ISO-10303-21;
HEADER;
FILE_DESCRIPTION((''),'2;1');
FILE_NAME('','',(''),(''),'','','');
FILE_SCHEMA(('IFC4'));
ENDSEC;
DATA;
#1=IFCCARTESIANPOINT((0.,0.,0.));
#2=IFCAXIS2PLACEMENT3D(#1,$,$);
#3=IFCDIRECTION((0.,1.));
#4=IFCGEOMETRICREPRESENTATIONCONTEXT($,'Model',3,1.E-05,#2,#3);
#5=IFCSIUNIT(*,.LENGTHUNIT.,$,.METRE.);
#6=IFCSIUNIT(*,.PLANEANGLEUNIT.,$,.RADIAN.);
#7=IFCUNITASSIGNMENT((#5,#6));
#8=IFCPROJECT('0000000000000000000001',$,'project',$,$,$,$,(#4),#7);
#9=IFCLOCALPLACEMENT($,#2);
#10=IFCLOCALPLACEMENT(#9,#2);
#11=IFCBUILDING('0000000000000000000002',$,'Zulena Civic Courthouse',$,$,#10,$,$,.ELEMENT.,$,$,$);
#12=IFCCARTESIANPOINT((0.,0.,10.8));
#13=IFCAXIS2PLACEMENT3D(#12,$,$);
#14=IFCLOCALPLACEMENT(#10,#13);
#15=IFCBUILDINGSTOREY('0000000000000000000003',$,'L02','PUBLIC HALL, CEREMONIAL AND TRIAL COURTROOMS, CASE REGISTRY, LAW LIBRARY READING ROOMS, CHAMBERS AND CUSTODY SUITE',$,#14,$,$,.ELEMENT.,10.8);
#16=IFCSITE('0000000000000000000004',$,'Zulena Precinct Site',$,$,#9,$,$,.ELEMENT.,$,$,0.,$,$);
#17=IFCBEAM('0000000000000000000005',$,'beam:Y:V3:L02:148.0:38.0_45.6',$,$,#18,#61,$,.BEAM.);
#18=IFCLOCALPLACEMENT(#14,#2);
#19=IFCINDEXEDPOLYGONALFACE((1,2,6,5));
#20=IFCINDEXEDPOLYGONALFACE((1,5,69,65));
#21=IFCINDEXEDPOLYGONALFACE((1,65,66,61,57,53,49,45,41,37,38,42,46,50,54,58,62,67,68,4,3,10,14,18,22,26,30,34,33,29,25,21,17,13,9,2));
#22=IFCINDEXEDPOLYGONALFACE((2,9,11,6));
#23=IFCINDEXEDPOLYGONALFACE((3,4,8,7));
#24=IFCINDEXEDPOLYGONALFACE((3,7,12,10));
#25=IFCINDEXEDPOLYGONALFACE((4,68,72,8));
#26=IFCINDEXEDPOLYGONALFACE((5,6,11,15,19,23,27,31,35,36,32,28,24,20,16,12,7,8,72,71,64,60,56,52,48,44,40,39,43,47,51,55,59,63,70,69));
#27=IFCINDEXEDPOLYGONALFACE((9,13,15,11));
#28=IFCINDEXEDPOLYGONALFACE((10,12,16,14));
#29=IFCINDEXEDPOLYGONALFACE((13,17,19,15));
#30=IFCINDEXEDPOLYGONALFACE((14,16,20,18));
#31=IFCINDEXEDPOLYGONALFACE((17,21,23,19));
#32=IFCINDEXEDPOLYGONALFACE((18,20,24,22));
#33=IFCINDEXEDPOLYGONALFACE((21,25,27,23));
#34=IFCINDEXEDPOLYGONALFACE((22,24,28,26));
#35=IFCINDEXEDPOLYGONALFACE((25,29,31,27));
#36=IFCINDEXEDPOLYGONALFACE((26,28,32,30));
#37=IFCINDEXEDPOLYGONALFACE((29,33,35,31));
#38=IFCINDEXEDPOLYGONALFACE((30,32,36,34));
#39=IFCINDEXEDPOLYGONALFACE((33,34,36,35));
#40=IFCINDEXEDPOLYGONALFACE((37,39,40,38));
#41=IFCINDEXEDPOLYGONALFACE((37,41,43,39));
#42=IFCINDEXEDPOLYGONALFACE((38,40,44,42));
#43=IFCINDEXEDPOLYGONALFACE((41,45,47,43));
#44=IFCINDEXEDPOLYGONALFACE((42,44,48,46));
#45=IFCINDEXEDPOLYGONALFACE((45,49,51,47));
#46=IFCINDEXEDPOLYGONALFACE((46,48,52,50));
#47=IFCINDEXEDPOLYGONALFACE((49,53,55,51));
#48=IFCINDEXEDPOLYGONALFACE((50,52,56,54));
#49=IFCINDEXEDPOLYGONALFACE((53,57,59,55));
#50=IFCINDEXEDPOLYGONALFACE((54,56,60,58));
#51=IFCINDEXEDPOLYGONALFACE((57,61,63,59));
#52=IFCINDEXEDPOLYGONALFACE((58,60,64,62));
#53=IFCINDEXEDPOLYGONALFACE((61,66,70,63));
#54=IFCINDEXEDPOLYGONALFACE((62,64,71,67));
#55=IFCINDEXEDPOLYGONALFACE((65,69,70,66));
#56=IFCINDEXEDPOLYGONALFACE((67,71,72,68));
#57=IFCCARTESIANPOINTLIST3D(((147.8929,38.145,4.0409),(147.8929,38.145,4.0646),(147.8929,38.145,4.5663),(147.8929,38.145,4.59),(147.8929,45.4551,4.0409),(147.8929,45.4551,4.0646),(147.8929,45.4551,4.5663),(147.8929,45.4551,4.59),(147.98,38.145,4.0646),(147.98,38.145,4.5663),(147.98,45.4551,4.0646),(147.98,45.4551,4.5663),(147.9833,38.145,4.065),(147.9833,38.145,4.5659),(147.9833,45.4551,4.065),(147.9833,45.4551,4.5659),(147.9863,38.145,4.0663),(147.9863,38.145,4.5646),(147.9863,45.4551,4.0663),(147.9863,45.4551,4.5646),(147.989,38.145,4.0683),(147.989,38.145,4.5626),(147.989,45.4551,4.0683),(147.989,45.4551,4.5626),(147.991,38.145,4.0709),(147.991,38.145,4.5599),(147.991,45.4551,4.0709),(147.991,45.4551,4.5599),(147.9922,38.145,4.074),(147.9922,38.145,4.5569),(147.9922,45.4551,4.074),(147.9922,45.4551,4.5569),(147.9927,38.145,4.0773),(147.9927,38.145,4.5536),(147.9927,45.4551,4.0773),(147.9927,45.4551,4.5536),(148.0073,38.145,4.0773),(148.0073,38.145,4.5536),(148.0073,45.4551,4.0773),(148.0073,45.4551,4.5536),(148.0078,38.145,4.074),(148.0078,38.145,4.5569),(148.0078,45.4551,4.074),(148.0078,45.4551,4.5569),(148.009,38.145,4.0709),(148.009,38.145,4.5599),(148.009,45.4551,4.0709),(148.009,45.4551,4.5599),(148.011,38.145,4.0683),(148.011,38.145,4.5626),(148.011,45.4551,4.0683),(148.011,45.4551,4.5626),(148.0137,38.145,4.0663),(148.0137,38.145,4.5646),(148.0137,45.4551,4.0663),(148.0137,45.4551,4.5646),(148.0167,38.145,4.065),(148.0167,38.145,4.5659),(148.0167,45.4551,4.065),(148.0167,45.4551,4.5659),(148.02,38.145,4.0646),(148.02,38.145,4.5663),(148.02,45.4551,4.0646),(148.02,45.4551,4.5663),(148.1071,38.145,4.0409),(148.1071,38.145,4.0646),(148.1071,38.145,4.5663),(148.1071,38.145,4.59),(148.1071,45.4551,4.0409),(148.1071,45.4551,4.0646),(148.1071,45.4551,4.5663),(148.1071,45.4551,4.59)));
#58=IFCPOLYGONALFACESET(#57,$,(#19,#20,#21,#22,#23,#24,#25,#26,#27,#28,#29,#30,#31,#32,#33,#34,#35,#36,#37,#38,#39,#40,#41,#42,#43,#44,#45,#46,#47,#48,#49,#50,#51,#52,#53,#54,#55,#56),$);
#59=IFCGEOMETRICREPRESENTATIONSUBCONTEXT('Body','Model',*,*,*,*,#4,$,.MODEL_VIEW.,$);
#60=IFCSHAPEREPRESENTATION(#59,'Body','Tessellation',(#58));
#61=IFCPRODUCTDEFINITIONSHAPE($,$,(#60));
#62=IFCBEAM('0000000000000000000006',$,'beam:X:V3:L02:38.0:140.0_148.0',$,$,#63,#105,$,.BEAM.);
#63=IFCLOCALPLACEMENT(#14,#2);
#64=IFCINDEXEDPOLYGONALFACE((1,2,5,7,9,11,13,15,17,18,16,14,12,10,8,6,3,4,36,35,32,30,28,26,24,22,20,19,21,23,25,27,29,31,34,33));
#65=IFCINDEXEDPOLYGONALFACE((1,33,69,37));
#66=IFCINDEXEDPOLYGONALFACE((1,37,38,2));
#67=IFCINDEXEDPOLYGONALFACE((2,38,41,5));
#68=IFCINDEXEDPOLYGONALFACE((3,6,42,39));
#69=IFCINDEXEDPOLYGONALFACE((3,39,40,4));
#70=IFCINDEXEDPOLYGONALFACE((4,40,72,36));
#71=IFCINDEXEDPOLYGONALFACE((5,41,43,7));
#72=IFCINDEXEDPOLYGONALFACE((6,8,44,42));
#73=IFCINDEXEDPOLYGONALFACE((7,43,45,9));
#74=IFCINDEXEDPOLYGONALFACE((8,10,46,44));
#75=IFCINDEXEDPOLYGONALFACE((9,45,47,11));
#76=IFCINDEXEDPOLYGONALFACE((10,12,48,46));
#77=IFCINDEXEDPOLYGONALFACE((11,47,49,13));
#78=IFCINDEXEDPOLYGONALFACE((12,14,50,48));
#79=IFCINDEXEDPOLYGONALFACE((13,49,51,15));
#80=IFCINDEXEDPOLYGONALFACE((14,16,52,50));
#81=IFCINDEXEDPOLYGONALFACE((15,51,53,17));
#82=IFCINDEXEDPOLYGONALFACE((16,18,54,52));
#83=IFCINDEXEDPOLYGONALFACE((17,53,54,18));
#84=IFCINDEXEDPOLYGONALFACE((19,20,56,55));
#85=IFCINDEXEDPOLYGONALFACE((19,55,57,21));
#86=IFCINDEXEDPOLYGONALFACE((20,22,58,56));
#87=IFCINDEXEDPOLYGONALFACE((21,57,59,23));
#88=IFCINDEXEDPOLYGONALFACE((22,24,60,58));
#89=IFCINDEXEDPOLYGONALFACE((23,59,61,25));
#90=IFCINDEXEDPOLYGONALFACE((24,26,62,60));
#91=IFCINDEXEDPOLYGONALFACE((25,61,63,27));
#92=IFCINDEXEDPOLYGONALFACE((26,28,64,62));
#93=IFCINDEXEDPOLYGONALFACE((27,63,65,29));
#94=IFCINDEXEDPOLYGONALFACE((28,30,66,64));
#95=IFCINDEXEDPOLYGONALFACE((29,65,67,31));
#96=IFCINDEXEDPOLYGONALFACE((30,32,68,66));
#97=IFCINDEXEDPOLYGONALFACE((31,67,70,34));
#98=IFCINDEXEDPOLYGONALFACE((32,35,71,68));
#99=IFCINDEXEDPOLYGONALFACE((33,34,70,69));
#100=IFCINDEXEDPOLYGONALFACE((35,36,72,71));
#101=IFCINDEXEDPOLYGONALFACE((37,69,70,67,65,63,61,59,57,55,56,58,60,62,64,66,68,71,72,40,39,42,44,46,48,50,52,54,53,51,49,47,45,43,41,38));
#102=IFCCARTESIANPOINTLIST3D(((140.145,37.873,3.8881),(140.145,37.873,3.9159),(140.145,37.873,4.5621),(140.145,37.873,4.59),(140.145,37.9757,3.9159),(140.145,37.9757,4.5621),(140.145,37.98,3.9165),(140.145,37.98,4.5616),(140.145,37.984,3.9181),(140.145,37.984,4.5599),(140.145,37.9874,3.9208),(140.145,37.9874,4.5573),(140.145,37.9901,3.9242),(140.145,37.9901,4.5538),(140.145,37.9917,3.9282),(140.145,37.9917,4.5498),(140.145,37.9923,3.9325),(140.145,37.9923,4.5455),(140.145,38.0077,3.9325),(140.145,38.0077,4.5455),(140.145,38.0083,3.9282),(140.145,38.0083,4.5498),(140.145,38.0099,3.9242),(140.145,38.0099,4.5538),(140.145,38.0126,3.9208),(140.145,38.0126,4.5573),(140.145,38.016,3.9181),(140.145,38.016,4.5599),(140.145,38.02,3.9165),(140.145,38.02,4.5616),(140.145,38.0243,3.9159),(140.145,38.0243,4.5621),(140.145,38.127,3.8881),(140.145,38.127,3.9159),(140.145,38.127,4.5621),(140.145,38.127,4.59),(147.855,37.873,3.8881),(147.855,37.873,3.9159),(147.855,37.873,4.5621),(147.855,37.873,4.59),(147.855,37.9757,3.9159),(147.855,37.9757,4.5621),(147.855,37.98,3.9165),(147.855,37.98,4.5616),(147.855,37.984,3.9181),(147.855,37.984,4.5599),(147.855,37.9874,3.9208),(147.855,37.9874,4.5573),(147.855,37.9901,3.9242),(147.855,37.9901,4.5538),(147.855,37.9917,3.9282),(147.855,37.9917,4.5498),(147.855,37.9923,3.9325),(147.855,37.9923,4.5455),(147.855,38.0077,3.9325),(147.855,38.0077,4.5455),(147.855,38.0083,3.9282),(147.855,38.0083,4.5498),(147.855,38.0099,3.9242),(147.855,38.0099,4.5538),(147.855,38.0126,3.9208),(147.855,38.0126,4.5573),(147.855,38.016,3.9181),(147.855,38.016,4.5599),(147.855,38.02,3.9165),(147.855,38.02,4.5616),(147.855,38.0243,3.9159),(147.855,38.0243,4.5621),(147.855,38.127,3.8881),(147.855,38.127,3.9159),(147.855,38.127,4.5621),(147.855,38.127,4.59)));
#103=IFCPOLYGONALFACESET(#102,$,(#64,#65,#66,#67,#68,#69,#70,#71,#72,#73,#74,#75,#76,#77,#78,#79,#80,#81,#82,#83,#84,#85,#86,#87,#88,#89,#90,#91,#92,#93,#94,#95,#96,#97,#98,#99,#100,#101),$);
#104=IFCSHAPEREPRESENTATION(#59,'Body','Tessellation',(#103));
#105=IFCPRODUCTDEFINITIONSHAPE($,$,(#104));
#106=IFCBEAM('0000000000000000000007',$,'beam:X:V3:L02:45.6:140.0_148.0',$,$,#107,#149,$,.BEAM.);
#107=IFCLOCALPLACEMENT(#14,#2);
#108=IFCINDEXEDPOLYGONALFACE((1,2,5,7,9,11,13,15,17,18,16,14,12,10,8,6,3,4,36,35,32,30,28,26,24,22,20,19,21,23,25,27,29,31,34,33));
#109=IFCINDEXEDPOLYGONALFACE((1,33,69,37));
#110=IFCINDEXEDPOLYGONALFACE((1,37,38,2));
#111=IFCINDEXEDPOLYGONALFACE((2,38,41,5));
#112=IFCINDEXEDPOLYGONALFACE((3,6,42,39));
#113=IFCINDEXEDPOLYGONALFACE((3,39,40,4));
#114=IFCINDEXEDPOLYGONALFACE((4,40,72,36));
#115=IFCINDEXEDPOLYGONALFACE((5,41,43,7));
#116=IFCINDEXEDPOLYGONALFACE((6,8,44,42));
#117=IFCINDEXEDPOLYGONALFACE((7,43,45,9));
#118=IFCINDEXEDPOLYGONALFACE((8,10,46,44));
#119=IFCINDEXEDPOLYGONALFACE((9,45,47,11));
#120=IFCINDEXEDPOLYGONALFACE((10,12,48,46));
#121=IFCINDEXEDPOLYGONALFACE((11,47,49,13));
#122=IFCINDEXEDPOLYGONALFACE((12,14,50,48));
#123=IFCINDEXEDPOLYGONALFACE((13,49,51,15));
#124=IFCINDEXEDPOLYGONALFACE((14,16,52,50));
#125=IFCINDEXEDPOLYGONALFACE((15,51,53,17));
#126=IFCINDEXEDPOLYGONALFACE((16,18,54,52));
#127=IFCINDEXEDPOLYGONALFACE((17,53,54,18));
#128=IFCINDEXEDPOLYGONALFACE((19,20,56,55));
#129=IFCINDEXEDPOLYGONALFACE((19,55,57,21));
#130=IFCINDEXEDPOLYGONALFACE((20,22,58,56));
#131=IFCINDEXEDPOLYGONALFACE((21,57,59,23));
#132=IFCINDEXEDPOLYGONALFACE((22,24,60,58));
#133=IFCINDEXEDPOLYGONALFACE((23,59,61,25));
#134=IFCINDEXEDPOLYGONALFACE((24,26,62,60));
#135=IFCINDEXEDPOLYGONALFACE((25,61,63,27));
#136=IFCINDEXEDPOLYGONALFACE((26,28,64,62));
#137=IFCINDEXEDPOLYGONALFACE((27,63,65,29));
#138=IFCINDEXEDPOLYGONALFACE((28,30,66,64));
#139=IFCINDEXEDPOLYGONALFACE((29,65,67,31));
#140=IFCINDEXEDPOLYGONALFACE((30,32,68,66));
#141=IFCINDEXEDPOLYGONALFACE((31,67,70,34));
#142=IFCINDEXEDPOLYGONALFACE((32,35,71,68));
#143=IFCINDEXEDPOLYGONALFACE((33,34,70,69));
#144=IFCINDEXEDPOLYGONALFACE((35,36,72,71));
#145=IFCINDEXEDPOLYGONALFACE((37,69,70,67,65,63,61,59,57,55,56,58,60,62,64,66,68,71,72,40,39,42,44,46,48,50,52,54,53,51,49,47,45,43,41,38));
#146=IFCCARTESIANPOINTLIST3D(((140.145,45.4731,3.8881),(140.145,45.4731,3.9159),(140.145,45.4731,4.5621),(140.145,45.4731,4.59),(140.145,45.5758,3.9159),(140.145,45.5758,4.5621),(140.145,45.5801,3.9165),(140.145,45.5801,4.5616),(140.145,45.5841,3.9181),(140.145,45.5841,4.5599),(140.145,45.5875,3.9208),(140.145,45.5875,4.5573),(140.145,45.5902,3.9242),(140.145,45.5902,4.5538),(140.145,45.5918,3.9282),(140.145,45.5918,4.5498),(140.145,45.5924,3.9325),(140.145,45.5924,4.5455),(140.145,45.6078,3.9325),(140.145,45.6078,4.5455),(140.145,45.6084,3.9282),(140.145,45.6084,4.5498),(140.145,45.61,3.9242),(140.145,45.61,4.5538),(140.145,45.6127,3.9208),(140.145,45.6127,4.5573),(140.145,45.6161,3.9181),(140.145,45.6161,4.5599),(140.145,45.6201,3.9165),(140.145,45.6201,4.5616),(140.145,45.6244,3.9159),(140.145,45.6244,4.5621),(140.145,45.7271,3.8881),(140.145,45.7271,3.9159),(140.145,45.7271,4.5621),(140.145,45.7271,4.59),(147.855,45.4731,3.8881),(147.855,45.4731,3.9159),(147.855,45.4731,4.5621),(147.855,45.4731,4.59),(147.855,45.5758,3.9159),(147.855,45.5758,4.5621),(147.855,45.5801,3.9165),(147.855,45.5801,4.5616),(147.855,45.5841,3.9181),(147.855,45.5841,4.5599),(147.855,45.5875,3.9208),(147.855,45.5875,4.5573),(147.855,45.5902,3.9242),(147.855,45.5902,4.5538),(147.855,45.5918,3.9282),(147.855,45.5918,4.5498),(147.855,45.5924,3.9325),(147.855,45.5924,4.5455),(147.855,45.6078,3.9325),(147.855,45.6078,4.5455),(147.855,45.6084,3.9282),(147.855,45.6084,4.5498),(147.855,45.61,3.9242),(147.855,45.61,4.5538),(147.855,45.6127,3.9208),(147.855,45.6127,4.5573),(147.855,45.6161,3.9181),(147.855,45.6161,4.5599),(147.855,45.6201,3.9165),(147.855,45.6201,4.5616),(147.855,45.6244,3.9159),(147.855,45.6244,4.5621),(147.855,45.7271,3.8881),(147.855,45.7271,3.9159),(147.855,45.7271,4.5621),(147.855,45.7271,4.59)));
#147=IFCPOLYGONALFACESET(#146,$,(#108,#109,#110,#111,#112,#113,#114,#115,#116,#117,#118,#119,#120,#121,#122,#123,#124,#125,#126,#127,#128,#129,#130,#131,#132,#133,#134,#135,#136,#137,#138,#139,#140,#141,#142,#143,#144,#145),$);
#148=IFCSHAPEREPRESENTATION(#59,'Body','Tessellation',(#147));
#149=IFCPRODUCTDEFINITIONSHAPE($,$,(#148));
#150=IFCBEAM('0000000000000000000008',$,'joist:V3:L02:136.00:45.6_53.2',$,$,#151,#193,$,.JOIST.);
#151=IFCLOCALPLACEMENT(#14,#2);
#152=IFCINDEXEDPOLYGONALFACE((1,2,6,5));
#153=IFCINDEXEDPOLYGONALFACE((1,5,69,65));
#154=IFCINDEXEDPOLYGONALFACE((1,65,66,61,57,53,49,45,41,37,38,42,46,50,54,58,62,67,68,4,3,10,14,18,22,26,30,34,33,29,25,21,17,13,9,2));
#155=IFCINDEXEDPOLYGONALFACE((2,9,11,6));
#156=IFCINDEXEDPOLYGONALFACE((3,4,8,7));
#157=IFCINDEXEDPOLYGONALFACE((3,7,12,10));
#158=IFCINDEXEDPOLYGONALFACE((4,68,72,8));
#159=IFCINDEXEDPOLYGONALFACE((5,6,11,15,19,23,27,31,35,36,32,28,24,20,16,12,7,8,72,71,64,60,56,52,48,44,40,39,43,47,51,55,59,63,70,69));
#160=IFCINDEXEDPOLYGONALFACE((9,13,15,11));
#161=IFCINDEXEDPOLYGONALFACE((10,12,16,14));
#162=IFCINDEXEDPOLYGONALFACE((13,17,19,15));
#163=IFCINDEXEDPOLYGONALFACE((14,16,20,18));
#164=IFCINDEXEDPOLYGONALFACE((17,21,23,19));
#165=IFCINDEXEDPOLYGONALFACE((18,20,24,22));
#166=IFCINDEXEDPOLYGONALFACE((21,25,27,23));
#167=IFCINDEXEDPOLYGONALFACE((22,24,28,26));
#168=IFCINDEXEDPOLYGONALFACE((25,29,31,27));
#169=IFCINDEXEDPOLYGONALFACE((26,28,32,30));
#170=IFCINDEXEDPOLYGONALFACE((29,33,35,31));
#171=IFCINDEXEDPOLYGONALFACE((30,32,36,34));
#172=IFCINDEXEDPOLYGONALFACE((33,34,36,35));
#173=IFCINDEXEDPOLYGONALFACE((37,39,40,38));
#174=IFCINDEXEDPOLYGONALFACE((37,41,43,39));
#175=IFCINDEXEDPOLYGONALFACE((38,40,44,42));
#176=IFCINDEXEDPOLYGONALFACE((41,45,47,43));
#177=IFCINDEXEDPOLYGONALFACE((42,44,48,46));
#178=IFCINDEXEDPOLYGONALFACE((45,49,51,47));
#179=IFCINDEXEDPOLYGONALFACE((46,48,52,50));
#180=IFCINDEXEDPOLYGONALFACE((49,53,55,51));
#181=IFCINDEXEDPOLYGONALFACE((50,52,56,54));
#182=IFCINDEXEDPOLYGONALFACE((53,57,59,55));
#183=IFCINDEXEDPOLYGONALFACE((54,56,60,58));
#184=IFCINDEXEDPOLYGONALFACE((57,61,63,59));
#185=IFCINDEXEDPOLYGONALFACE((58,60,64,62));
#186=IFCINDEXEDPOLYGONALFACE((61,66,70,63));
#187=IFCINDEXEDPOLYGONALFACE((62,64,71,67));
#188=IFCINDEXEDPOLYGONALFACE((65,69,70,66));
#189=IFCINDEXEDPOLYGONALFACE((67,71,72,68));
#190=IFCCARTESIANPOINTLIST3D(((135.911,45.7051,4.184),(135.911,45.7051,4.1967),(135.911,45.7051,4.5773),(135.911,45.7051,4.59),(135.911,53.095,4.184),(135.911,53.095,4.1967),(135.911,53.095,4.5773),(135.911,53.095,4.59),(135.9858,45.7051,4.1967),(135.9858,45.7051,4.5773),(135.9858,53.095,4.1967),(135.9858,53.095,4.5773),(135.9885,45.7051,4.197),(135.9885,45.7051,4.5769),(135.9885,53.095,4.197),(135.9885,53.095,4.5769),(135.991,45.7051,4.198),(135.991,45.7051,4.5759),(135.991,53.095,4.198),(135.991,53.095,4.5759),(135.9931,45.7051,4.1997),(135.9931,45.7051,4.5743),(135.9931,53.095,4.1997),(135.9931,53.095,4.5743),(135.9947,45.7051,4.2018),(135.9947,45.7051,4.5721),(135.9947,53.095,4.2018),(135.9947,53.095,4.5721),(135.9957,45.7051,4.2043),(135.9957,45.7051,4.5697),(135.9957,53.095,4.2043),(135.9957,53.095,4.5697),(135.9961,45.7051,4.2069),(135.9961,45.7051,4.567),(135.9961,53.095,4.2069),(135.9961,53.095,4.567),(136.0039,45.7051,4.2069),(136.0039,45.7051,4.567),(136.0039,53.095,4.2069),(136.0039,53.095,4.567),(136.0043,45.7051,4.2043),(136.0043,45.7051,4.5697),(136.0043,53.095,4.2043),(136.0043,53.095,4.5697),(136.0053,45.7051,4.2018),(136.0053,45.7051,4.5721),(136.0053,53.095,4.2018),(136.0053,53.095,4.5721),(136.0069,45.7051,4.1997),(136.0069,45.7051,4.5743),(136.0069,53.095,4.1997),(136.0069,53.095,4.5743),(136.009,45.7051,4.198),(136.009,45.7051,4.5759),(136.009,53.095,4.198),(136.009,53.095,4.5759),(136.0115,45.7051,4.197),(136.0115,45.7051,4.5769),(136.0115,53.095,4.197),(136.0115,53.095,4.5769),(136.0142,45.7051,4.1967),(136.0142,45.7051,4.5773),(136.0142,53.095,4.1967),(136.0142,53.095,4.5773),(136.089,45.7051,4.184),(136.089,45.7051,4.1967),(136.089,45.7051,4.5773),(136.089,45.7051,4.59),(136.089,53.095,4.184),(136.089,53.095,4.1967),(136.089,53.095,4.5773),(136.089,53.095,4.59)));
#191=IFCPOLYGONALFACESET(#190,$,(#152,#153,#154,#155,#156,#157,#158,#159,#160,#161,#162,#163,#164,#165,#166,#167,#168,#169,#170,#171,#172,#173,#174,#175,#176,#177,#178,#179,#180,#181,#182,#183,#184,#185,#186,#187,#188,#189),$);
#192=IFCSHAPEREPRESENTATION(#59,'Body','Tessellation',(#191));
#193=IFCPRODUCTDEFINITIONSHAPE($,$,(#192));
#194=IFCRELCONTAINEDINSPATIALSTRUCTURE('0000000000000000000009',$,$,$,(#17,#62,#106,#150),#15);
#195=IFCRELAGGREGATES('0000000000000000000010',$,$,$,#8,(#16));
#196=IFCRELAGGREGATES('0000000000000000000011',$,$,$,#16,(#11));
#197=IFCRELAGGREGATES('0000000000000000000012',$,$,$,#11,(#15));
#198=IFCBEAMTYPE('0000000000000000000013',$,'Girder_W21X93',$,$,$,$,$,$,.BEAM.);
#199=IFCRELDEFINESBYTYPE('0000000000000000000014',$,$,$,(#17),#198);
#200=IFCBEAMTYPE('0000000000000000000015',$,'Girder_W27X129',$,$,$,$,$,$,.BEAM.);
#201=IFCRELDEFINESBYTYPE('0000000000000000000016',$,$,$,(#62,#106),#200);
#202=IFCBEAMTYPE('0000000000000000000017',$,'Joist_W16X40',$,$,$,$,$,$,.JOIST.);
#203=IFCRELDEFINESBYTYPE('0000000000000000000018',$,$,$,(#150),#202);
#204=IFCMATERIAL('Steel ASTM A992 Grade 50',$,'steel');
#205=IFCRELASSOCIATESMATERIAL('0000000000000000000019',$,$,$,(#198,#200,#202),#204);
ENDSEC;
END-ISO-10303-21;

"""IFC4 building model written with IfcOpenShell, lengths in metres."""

from ifc_helpers import new_model, si_unit, direction, frame, origin, origin_2d, place, context, subcontext, project, spatial, i_section, extrude, material, material_profile, profile_set, type_object, element, save


model = new_model("IFC4")

# Units and contexts
model_context = context("Model", 3, precision=1e-05, world=origin(), true_north=direction((0.0, 1.0)))
body_context = subcontext(model_context, "Body", "Model", "MODEL_VIEW")
ifc_project = project(units=[si_unit("LENGTHUNIT", "METRE"), si_unit("PLANEANGLEUNIT", "RADIAN")], contexts=[model_context])

# Site, building, storey
site_placement = place(None, origin())
site = spatial("IfcSite", under=ifc_project, at=site_placement, Name="Zulena Precinct Site", CompositionType="ELEMENT", RefElevation=0.0)
building_placement = place(site_placement, origin())
building = spatial("IfcBuilding", under=site, at=building_placement, Name="Zulena Civic Courthouse", CompositionType="ELEMENT")
storey_placement = place(building_placement, frame((0.0, 0.0, 10.8)))
storey = spatial("IfcBuildingStorey", under=building, at=storey_placement, Name="L02", Description="PUBLIC HALL, CEREMONIAL AND TRIAL COURTROOMS, CASE REGISTRY, LAW LIBRARY READING ROOMS, CHAMBERS AND CUSTODY SUITE", CompositionType="ELEMENT", Elevation=10.8)

# Shared definitions
ifc_material_1 = material(Name="Steel ASTM A992 Grade 50", Category="steel")

# Beams
ifc_material_profile_1 = material_profile(ifc_material_1, i_section(OverallWidth=0.2141, OverallDepth=0.5491, WebThickness=0.0146, FlangeThickness=0.0237, FilletRadius=0.0127, at=origin_2d()), Name="W21X93")
ifc_profile_set_1 = profile_set([ifc_material_profile_1], Name="Steel ASTM A992 Grade 50")
beam_type_1 = type_object("IfcBeamType", Name="Girder_W21X93", PredefinedType="BEAM", material=ifc_profile_set_1)
for number, where, z_axis, x_axis, name in (
    (1, (148.0, 38.145, 4.3154), (0.0, 1.0, 0.0), (-1.0, 0.0, 0.0), "beam:Y:V3:L02:148.0:38.0_45.6"),
):
    element("IfcBeam", number, at=place(storey_placement, frame(where, z_axis=z_axis, x_axis=x_axis)), inside=storey, type_object=beam_type_1, Name=name, PredefinedType="BEAM", context=body_context, shape_type="SweptSolid", body=[
        extrude(i_section(OverallWidth=0.2141, OverallDepth=0.5491, WebThickness=0.0146, FlangeThickness=0.0237, FilletRadius=0.0127, at=origin_2d()), origin(), (0.0, 0.0, 1.0), 7.3101),
    ])
ifc_material_profile_2 = material_profile(ifc_material_1, i_section(OverallWidth=0.2539, OverallDepth=0.7019, WebThickness=0.0154, FlangeThickness=0.0278, FilletRadius=0.0166, at=origin_2d()), Name="W27X129")
ifc_profile_set_2 = profile_set([ifc_material_profile_2], Name="Steel ASTM A992 Grade 50")
beam_type_2 = type_object("IfcBeamType", Name="Girder_W27X129", PredefinedType="BEAM", material=ifc_profile_set_2)
for number, where, z_axis, x_axis, name in (
    (2, (140.145, 38.0, 4.239), (1.0, 0.0, 0.0), (0.0, 1.0, 0.0), "beam:X:V3:L02:38.0:140.0_148.0"),
    (3, (140.145, 45.6001, 4.239), (1.0, 0.0, 0.0), (0.0, 1.0, 0.0), "beam:X:V3:L02:45.6:140.0_148.0"),
):
    element("IfcBeam", number, at=place(storey_placement, frame(where, z_axis=z_axis, x_axis=x_axis)), inside=storey, type_object=beam_type_2, Name=name, PredefinedType="BEAM", context=body_context, shape_type="SweptSolid", body=[
        extrude(i_section(OverallWidth=0.2539, OverallDepth=0.7019, WebThickness=0.0154, FlangeThickness=0.0278, FilletRadius=0.0166, at=origin_2d()), origin(), (0.0, 0.0, 1.0), 7.71),
    ])
ifc_material_profile_3 = material_profile(ifc_material_1, i_section(OverallWidth=0.178, OverallDepth=0.406, WebThickness=0.0078, FlangeThickness=0.0127, FilletRadius=0.0103, at=origin_2d()), Name="W16X40")
ifc_profile_set_3 = profile_set([ifc_material_profile_3], Name="Steel ASTM A992 Grade 50")
beam_type_3 = type_object("IfcBeamType", Name="Joist_W16X40", PredefinedType="JOIST", material=ifc_profile_set_3)
beam_1_placement = place(storey_placement, frame((136.0, 45.7051, 4.387), z_axis=(0.0, 1.0, 0.0), x_axis=(-1.0, 0.0, 0.0)))
element("IfcBeam", 4, at=beam_1_placement, inside=storey, type_object=beam_type_3, Name="joist:V3:L02:136.00:45.6_53.2", PredefinedType="JOIST", context=body_context, shape_type="SweptSolid", body=[
    extrude(i_section(OverallWidth=0.178, OverallDepth=0.406, WebThickness=0.0078, FlangeThickness=0.0127, FilletRadius=0.0103, at=origin_2d()), origin(), (0.0, 0.0, 1.0), 7.3899),
])

save(model, "model.ifc")
